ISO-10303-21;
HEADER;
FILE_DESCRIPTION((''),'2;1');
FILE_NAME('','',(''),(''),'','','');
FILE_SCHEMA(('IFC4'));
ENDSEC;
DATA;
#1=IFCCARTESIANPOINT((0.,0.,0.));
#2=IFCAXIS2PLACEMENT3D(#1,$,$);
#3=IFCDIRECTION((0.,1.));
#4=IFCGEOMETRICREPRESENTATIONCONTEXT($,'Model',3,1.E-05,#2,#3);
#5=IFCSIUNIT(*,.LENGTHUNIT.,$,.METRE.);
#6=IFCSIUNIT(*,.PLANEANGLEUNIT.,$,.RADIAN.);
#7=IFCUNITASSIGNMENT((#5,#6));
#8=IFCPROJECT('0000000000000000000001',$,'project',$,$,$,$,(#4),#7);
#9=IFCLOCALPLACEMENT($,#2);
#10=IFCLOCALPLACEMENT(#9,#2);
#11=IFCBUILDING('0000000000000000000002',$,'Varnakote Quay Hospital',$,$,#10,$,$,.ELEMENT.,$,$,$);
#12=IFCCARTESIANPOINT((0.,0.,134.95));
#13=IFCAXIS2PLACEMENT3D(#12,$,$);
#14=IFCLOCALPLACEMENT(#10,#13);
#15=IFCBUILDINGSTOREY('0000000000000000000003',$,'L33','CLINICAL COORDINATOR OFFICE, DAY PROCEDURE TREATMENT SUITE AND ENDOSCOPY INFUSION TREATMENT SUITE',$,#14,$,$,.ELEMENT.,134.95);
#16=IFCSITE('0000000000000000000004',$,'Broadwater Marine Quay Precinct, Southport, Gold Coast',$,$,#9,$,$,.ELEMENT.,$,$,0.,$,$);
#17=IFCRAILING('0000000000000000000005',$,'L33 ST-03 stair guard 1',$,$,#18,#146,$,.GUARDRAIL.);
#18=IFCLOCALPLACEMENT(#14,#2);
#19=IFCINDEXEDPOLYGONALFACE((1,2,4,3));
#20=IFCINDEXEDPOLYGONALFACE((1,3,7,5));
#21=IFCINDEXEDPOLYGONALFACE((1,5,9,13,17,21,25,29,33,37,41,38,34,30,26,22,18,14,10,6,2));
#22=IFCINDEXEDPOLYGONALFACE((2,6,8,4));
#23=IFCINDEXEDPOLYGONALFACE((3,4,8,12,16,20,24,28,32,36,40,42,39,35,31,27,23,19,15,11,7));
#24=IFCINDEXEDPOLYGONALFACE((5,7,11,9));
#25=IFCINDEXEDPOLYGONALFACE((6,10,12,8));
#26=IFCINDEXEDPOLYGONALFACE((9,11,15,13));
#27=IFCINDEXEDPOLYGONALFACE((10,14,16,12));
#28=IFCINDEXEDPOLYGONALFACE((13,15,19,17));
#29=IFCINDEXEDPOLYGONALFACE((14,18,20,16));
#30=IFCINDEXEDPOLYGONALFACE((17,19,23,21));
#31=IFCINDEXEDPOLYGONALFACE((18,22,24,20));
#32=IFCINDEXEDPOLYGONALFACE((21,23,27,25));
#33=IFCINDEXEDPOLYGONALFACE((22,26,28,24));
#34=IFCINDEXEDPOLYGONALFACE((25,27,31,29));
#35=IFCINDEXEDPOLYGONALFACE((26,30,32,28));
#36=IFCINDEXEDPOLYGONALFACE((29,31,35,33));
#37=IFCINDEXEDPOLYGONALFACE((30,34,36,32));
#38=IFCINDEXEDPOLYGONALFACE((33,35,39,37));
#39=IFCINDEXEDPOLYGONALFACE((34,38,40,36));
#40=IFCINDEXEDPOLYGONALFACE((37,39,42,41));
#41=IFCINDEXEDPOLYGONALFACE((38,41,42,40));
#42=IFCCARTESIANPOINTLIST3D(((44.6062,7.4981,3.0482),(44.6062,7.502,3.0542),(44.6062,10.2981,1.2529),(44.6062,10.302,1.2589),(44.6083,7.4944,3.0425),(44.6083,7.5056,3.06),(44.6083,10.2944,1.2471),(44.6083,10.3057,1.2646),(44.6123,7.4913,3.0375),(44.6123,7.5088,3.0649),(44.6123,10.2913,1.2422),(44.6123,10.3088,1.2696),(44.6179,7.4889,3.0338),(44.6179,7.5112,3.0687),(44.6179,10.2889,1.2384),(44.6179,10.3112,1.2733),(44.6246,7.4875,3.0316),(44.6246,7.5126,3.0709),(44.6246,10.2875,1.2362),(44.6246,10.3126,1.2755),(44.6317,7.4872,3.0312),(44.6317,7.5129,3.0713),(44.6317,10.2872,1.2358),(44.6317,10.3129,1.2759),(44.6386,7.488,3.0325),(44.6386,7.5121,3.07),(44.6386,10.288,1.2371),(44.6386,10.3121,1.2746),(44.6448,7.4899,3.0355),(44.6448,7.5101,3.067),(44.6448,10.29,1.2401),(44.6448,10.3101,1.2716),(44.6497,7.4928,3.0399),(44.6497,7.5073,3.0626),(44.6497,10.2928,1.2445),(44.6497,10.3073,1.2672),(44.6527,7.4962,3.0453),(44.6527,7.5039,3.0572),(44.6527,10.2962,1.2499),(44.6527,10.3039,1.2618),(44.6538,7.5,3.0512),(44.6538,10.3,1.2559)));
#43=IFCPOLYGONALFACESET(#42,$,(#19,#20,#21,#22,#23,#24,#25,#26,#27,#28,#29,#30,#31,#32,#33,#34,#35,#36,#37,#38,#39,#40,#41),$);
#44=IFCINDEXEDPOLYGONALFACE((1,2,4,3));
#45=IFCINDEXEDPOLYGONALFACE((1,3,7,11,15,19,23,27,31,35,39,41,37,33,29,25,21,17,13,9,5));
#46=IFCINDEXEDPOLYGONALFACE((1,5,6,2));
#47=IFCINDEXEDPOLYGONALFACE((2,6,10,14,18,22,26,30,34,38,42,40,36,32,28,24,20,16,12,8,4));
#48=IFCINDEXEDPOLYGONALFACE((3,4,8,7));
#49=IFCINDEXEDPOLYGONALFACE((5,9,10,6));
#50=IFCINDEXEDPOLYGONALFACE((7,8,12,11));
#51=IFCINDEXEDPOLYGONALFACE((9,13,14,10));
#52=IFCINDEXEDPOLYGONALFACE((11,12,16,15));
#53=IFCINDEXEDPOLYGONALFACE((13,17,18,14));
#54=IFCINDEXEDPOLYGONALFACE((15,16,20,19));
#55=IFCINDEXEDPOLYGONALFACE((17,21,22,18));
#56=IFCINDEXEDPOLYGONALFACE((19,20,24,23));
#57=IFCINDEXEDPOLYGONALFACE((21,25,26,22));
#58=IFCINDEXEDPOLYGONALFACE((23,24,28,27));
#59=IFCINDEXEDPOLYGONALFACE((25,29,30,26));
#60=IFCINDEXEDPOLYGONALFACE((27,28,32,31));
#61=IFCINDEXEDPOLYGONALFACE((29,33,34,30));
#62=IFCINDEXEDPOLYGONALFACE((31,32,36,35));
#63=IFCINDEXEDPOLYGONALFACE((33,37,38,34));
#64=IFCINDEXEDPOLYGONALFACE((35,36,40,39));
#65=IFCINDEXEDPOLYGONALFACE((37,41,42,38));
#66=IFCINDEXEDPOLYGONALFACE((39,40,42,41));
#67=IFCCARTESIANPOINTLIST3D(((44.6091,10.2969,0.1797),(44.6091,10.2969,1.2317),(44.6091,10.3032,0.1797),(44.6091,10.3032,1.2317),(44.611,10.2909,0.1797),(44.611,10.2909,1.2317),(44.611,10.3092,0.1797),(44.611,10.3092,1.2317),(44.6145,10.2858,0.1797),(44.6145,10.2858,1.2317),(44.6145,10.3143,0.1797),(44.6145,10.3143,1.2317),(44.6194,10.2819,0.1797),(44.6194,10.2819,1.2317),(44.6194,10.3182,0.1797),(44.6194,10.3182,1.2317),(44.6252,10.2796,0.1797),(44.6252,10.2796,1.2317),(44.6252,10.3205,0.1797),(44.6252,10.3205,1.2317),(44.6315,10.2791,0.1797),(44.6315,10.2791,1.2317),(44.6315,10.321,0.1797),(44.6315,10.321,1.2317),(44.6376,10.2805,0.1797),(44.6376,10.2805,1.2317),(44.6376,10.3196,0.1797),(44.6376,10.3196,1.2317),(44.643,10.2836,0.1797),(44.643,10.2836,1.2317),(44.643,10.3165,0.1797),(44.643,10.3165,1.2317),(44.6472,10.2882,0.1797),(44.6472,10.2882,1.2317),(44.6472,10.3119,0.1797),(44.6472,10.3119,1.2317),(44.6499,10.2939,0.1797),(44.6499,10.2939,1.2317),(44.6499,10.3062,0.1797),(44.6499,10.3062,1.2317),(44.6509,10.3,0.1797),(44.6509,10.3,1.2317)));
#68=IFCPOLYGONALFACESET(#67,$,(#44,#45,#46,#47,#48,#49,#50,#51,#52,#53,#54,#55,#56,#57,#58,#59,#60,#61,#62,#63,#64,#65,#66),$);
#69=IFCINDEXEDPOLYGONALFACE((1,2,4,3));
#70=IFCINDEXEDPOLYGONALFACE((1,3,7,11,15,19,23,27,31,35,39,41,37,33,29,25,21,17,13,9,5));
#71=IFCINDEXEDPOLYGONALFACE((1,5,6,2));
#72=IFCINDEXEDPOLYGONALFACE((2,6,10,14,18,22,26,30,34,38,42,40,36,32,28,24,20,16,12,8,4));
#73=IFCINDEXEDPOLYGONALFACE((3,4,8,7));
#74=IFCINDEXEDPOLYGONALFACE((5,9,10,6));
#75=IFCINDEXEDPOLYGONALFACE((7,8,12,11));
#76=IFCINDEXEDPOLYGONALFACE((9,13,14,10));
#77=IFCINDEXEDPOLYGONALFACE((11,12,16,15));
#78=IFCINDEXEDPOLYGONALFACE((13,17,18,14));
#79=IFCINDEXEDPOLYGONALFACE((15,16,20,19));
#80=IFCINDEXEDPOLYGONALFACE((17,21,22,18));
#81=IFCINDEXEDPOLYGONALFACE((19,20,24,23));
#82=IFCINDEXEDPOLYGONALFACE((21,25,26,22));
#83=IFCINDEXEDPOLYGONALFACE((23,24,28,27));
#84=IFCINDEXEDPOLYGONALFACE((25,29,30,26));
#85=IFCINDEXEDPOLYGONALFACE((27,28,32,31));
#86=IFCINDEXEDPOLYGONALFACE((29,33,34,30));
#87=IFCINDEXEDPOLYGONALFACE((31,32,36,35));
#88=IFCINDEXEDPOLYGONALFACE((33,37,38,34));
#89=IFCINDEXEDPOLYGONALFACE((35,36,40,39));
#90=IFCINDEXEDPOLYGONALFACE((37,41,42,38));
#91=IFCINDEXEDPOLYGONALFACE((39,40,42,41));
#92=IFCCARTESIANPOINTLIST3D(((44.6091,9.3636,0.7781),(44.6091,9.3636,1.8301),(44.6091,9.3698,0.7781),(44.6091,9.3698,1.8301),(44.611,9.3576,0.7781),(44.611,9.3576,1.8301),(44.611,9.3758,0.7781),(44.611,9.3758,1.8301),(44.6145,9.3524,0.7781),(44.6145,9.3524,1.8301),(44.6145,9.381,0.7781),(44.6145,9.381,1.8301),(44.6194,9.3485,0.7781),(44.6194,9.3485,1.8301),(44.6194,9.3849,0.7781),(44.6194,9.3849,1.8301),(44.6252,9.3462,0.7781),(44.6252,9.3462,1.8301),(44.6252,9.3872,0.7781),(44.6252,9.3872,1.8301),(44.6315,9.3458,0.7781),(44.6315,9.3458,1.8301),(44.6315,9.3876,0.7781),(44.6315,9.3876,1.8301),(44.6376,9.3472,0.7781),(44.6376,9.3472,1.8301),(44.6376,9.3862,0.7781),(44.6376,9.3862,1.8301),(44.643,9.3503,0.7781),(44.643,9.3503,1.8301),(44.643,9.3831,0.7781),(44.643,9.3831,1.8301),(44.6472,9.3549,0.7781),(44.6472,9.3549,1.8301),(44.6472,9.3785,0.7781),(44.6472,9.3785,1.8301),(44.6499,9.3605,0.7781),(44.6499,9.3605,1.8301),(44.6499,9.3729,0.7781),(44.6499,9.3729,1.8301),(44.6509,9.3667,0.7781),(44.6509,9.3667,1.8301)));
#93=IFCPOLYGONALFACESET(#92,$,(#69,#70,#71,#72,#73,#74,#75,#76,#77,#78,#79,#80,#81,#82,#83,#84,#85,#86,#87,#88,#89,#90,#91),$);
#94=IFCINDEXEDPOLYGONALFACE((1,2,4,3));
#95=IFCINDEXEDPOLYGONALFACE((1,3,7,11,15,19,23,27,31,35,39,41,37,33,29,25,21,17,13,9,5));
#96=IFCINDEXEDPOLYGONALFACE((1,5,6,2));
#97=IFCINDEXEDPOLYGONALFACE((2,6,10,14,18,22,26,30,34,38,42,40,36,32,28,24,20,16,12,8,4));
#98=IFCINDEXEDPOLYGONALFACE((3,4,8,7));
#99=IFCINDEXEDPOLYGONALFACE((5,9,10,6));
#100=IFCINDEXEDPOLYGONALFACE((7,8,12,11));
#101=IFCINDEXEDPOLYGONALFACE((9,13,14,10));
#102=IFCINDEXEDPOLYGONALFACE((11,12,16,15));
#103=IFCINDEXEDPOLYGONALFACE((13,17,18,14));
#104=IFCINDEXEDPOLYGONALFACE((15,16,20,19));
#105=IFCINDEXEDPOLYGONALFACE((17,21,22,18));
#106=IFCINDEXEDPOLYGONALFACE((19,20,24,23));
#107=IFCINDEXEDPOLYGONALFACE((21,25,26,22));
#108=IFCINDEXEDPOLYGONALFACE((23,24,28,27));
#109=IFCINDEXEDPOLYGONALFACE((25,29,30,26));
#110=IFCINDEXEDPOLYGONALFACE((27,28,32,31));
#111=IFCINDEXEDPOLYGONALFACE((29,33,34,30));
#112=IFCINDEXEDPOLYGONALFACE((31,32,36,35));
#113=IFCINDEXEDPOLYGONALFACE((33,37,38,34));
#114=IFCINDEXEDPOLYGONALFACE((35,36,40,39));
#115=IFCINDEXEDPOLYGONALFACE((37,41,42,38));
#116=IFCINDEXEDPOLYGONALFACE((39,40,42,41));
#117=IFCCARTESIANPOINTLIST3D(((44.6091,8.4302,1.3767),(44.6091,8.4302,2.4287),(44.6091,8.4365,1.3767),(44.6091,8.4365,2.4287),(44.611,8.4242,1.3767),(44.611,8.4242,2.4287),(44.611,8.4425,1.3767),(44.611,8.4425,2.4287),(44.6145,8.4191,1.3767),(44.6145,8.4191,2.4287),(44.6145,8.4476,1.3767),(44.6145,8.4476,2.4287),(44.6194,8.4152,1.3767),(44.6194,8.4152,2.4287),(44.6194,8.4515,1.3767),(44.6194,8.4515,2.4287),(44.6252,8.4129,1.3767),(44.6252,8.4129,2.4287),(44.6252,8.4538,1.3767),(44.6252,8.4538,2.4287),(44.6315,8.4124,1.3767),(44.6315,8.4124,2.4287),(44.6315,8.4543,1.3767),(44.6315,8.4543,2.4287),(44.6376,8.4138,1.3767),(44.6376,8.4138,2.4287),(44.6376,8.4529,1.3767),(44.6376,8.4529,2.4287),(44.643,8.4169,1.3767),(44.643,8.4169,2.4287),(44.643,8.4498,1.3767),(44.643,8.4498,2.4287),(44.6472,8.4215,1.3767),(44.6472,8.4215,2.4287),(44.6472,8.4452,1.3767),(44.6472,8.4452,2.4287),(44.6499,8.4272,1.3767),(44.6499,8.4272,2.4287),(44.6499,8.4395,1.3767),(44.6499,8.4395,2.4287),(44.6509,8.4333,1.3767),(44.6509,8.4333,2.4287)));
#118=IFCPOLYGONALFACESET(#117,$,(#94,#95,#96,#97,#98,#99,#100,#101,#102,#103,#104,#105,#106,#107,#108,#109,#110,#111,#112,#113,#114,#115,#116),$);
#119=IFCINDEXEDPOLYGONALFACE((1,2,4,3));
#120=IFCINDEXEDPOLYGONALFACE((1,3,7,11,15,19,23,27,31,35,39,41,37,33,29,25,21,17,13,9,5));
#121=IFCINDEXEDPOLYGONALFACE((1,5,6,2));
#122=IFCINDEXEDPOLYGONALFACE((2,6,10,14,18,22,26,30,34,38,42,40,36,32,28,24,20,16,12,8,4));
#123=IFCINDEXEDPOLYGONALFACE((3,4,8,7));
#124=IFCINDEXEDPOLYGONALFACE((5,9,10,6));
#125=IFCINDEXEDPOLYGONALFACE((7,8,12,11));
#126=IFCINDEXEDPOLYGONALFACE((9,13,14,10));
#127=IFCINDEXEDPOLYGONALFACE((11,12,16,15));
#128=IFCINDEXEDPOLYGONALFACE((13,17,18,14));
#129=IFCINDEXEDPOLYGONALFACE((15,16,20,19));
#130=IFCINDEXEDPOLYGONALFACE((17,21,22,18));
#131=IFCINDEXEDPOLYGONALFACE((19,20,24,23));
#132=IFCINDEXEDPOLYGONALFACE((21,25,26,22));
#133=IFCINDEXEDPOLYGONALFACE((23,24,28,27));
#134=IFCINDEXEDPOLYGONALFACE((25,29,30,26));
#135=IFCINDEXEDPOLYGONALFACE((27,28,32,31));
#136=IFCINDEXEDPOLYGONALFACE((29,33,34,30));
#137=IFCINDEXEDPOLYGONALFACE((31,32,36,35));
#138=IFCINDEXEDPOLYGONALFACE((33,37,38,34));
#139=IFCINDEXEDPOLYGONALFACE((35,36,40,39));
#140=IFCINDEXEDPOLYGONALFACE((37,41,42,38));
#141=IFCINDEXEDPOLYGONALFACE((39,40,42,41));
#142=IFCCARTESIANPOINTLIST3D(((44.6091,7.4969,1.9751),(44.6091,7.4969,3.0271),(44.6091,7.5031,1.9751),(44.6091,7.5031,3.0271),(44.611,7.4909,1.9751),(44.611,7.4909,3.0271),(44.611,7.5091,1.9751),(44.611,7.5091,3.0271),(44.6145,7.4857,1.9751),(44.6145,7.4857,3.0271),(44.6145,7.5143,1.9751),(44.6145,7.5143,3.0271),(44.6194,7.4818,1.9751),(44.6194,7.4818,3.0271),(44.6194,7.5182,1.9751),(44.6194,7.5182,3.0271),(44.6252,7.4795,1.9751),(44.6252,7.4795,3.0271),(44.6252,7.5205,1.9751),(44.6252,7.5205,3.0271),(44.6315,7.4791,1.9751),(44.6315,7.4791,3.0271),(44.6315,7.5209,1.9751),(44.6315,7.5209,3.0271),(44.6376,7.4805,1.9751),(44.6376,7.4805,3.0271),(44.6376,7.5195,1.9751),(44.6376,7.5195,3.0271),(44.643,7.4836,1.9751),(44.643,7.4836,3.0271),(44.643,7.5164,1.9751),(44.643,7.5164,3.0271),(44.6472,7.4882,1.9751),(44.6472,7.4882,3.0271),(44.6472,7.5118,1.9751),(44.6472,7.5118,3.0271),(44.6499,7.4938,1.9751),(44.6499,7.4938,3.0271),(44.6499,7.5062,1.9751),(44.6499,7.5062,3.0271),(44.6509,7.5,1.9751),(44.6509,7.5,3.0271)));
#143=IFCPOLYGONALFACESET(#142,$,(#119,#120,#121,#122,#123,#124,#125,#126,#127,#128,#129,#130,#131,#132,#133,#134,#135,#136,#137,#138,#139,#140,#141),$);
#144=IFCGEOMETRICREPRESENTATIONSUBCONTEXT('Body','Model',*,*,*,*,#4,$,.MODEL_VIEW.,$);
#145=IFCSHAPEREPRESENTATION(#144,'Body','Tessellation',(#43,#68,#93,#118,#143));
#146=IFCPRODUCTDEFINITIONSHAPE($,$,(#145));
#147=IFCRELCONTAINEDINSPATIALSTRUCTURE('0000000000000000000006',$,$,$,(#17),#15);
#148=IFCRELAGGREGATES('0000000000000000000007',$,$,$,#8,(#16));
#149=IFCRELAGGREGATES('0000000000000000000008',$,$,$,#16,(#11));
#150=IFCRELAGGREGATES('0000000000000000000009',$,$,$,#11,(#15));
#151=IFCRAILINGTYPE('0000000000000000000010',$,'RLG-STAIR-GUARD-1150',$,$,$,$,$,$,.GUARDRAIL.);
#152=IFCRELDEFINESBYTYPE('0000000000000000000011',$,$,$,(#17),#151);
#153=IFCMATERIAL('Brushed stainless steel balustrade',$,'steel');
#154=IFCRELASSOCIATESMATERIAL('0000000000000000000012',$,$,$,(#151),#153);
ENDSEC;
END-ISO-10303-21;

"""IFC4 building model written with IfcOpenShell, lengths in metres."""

from ifc_helpers import new_model, si_unit, direction, frame, origin, origin_2d, place, context, subcontext, project, spatial, circle, extrude, material, type_object, element, save


model = new_model("IFC4")

# Units and contexts
model_context = context("Model", 3, precision=1e-05, world=origin(), true_north=direction((0.0, 1.0)))
body_context = subcontext(model_context, "Body", "Model", "MODEL_VIEW")
ifc_project = project(units=[si_unit("LENGTHUNIT", "METRE"), si_unit("PLANEANGLEUNIT", "RADIAN")], contexts=[model_context])

# Site, building, storey
site_placement = place(None, origin())
site = spatial("IfcSite", under=ifc_project, at=site_placement, Name="Broadwater Marine Quay Precinct, Southport, Gold Coast", CompositionType="ELEMENT", RefElevation=0.0)
building_placement = place(site_placement, origin())
building = spatial("IfcBuilding", under=site, at=building_placement, Name="Varnakote Quay Hospital", CompositionType="ELEMENT")
storey_placement = place(building_placement, frame((0.0, 0.0, 134.95)))
storey = spatial("IfcBuildingStorey", under=building, at=storey_placement, Name="L33", Description="CLINICAL COORDINATOR OFFICE, DAY PROCEDURE TREATMENT SUITE AND ENDOSCOPY INFUSION TREATMENT SUITE", CompositionType="ELEMENT", Elevation=134.95)

# Railing
ifc_material_1 = material(Name="Brushed stainless steel balustrade", Category="steel")
railing_type_1 = type_object("IfcRailingType", Name="RLG-STAIR-GUARD-1150", PredefinedType="GUARDRAIL", material=ifc_material_1)
railing_1_placement = place(storey_placement, frame((44.6299, 10.3, 0.1797)))
element("IfcRailing", 1, at=railing_1_placement, inside=storey, type_object=railing_type_1, Name="L33 ST-03 stair guard 1", PredefinedType="GUARDRAIL", context=body_context, shape_type="SweptSolid", body=[
    extrude(circle(Radius=0.0239, at=origin_2d()), frame((0.0, 0.0, 1.0762), z_axis=(0.0, -0.84181, 0.539774), x_axis=(1.0, 0.0, 0.0)), (0.0, 0.0, 1.0), 3.3262),
    extrude(circle(Radius=0.021, at=origin_2d()), origin(), (0.0, 0.0, 1.0), 1.052),
    extrude(circle(Radius=0.021, at=origin_2d()), frame((0.0, -0.9333, 0.5984)), (0.0, 0.0, 1.0), 1.052),
    extrude(circle(Radius=0.021, at=origin_2d()), frame((0.0, -1.8667, 1.197)), (0.0, 0.0, 1.0), 1.052),
    extrude(circle(Radius=0.021, at=origin_2d()), frame((0.0, -2.8, 1.7954)), (0.0, 0.0, 1.0), 1.052),
])

save(model, "model.ifc")
